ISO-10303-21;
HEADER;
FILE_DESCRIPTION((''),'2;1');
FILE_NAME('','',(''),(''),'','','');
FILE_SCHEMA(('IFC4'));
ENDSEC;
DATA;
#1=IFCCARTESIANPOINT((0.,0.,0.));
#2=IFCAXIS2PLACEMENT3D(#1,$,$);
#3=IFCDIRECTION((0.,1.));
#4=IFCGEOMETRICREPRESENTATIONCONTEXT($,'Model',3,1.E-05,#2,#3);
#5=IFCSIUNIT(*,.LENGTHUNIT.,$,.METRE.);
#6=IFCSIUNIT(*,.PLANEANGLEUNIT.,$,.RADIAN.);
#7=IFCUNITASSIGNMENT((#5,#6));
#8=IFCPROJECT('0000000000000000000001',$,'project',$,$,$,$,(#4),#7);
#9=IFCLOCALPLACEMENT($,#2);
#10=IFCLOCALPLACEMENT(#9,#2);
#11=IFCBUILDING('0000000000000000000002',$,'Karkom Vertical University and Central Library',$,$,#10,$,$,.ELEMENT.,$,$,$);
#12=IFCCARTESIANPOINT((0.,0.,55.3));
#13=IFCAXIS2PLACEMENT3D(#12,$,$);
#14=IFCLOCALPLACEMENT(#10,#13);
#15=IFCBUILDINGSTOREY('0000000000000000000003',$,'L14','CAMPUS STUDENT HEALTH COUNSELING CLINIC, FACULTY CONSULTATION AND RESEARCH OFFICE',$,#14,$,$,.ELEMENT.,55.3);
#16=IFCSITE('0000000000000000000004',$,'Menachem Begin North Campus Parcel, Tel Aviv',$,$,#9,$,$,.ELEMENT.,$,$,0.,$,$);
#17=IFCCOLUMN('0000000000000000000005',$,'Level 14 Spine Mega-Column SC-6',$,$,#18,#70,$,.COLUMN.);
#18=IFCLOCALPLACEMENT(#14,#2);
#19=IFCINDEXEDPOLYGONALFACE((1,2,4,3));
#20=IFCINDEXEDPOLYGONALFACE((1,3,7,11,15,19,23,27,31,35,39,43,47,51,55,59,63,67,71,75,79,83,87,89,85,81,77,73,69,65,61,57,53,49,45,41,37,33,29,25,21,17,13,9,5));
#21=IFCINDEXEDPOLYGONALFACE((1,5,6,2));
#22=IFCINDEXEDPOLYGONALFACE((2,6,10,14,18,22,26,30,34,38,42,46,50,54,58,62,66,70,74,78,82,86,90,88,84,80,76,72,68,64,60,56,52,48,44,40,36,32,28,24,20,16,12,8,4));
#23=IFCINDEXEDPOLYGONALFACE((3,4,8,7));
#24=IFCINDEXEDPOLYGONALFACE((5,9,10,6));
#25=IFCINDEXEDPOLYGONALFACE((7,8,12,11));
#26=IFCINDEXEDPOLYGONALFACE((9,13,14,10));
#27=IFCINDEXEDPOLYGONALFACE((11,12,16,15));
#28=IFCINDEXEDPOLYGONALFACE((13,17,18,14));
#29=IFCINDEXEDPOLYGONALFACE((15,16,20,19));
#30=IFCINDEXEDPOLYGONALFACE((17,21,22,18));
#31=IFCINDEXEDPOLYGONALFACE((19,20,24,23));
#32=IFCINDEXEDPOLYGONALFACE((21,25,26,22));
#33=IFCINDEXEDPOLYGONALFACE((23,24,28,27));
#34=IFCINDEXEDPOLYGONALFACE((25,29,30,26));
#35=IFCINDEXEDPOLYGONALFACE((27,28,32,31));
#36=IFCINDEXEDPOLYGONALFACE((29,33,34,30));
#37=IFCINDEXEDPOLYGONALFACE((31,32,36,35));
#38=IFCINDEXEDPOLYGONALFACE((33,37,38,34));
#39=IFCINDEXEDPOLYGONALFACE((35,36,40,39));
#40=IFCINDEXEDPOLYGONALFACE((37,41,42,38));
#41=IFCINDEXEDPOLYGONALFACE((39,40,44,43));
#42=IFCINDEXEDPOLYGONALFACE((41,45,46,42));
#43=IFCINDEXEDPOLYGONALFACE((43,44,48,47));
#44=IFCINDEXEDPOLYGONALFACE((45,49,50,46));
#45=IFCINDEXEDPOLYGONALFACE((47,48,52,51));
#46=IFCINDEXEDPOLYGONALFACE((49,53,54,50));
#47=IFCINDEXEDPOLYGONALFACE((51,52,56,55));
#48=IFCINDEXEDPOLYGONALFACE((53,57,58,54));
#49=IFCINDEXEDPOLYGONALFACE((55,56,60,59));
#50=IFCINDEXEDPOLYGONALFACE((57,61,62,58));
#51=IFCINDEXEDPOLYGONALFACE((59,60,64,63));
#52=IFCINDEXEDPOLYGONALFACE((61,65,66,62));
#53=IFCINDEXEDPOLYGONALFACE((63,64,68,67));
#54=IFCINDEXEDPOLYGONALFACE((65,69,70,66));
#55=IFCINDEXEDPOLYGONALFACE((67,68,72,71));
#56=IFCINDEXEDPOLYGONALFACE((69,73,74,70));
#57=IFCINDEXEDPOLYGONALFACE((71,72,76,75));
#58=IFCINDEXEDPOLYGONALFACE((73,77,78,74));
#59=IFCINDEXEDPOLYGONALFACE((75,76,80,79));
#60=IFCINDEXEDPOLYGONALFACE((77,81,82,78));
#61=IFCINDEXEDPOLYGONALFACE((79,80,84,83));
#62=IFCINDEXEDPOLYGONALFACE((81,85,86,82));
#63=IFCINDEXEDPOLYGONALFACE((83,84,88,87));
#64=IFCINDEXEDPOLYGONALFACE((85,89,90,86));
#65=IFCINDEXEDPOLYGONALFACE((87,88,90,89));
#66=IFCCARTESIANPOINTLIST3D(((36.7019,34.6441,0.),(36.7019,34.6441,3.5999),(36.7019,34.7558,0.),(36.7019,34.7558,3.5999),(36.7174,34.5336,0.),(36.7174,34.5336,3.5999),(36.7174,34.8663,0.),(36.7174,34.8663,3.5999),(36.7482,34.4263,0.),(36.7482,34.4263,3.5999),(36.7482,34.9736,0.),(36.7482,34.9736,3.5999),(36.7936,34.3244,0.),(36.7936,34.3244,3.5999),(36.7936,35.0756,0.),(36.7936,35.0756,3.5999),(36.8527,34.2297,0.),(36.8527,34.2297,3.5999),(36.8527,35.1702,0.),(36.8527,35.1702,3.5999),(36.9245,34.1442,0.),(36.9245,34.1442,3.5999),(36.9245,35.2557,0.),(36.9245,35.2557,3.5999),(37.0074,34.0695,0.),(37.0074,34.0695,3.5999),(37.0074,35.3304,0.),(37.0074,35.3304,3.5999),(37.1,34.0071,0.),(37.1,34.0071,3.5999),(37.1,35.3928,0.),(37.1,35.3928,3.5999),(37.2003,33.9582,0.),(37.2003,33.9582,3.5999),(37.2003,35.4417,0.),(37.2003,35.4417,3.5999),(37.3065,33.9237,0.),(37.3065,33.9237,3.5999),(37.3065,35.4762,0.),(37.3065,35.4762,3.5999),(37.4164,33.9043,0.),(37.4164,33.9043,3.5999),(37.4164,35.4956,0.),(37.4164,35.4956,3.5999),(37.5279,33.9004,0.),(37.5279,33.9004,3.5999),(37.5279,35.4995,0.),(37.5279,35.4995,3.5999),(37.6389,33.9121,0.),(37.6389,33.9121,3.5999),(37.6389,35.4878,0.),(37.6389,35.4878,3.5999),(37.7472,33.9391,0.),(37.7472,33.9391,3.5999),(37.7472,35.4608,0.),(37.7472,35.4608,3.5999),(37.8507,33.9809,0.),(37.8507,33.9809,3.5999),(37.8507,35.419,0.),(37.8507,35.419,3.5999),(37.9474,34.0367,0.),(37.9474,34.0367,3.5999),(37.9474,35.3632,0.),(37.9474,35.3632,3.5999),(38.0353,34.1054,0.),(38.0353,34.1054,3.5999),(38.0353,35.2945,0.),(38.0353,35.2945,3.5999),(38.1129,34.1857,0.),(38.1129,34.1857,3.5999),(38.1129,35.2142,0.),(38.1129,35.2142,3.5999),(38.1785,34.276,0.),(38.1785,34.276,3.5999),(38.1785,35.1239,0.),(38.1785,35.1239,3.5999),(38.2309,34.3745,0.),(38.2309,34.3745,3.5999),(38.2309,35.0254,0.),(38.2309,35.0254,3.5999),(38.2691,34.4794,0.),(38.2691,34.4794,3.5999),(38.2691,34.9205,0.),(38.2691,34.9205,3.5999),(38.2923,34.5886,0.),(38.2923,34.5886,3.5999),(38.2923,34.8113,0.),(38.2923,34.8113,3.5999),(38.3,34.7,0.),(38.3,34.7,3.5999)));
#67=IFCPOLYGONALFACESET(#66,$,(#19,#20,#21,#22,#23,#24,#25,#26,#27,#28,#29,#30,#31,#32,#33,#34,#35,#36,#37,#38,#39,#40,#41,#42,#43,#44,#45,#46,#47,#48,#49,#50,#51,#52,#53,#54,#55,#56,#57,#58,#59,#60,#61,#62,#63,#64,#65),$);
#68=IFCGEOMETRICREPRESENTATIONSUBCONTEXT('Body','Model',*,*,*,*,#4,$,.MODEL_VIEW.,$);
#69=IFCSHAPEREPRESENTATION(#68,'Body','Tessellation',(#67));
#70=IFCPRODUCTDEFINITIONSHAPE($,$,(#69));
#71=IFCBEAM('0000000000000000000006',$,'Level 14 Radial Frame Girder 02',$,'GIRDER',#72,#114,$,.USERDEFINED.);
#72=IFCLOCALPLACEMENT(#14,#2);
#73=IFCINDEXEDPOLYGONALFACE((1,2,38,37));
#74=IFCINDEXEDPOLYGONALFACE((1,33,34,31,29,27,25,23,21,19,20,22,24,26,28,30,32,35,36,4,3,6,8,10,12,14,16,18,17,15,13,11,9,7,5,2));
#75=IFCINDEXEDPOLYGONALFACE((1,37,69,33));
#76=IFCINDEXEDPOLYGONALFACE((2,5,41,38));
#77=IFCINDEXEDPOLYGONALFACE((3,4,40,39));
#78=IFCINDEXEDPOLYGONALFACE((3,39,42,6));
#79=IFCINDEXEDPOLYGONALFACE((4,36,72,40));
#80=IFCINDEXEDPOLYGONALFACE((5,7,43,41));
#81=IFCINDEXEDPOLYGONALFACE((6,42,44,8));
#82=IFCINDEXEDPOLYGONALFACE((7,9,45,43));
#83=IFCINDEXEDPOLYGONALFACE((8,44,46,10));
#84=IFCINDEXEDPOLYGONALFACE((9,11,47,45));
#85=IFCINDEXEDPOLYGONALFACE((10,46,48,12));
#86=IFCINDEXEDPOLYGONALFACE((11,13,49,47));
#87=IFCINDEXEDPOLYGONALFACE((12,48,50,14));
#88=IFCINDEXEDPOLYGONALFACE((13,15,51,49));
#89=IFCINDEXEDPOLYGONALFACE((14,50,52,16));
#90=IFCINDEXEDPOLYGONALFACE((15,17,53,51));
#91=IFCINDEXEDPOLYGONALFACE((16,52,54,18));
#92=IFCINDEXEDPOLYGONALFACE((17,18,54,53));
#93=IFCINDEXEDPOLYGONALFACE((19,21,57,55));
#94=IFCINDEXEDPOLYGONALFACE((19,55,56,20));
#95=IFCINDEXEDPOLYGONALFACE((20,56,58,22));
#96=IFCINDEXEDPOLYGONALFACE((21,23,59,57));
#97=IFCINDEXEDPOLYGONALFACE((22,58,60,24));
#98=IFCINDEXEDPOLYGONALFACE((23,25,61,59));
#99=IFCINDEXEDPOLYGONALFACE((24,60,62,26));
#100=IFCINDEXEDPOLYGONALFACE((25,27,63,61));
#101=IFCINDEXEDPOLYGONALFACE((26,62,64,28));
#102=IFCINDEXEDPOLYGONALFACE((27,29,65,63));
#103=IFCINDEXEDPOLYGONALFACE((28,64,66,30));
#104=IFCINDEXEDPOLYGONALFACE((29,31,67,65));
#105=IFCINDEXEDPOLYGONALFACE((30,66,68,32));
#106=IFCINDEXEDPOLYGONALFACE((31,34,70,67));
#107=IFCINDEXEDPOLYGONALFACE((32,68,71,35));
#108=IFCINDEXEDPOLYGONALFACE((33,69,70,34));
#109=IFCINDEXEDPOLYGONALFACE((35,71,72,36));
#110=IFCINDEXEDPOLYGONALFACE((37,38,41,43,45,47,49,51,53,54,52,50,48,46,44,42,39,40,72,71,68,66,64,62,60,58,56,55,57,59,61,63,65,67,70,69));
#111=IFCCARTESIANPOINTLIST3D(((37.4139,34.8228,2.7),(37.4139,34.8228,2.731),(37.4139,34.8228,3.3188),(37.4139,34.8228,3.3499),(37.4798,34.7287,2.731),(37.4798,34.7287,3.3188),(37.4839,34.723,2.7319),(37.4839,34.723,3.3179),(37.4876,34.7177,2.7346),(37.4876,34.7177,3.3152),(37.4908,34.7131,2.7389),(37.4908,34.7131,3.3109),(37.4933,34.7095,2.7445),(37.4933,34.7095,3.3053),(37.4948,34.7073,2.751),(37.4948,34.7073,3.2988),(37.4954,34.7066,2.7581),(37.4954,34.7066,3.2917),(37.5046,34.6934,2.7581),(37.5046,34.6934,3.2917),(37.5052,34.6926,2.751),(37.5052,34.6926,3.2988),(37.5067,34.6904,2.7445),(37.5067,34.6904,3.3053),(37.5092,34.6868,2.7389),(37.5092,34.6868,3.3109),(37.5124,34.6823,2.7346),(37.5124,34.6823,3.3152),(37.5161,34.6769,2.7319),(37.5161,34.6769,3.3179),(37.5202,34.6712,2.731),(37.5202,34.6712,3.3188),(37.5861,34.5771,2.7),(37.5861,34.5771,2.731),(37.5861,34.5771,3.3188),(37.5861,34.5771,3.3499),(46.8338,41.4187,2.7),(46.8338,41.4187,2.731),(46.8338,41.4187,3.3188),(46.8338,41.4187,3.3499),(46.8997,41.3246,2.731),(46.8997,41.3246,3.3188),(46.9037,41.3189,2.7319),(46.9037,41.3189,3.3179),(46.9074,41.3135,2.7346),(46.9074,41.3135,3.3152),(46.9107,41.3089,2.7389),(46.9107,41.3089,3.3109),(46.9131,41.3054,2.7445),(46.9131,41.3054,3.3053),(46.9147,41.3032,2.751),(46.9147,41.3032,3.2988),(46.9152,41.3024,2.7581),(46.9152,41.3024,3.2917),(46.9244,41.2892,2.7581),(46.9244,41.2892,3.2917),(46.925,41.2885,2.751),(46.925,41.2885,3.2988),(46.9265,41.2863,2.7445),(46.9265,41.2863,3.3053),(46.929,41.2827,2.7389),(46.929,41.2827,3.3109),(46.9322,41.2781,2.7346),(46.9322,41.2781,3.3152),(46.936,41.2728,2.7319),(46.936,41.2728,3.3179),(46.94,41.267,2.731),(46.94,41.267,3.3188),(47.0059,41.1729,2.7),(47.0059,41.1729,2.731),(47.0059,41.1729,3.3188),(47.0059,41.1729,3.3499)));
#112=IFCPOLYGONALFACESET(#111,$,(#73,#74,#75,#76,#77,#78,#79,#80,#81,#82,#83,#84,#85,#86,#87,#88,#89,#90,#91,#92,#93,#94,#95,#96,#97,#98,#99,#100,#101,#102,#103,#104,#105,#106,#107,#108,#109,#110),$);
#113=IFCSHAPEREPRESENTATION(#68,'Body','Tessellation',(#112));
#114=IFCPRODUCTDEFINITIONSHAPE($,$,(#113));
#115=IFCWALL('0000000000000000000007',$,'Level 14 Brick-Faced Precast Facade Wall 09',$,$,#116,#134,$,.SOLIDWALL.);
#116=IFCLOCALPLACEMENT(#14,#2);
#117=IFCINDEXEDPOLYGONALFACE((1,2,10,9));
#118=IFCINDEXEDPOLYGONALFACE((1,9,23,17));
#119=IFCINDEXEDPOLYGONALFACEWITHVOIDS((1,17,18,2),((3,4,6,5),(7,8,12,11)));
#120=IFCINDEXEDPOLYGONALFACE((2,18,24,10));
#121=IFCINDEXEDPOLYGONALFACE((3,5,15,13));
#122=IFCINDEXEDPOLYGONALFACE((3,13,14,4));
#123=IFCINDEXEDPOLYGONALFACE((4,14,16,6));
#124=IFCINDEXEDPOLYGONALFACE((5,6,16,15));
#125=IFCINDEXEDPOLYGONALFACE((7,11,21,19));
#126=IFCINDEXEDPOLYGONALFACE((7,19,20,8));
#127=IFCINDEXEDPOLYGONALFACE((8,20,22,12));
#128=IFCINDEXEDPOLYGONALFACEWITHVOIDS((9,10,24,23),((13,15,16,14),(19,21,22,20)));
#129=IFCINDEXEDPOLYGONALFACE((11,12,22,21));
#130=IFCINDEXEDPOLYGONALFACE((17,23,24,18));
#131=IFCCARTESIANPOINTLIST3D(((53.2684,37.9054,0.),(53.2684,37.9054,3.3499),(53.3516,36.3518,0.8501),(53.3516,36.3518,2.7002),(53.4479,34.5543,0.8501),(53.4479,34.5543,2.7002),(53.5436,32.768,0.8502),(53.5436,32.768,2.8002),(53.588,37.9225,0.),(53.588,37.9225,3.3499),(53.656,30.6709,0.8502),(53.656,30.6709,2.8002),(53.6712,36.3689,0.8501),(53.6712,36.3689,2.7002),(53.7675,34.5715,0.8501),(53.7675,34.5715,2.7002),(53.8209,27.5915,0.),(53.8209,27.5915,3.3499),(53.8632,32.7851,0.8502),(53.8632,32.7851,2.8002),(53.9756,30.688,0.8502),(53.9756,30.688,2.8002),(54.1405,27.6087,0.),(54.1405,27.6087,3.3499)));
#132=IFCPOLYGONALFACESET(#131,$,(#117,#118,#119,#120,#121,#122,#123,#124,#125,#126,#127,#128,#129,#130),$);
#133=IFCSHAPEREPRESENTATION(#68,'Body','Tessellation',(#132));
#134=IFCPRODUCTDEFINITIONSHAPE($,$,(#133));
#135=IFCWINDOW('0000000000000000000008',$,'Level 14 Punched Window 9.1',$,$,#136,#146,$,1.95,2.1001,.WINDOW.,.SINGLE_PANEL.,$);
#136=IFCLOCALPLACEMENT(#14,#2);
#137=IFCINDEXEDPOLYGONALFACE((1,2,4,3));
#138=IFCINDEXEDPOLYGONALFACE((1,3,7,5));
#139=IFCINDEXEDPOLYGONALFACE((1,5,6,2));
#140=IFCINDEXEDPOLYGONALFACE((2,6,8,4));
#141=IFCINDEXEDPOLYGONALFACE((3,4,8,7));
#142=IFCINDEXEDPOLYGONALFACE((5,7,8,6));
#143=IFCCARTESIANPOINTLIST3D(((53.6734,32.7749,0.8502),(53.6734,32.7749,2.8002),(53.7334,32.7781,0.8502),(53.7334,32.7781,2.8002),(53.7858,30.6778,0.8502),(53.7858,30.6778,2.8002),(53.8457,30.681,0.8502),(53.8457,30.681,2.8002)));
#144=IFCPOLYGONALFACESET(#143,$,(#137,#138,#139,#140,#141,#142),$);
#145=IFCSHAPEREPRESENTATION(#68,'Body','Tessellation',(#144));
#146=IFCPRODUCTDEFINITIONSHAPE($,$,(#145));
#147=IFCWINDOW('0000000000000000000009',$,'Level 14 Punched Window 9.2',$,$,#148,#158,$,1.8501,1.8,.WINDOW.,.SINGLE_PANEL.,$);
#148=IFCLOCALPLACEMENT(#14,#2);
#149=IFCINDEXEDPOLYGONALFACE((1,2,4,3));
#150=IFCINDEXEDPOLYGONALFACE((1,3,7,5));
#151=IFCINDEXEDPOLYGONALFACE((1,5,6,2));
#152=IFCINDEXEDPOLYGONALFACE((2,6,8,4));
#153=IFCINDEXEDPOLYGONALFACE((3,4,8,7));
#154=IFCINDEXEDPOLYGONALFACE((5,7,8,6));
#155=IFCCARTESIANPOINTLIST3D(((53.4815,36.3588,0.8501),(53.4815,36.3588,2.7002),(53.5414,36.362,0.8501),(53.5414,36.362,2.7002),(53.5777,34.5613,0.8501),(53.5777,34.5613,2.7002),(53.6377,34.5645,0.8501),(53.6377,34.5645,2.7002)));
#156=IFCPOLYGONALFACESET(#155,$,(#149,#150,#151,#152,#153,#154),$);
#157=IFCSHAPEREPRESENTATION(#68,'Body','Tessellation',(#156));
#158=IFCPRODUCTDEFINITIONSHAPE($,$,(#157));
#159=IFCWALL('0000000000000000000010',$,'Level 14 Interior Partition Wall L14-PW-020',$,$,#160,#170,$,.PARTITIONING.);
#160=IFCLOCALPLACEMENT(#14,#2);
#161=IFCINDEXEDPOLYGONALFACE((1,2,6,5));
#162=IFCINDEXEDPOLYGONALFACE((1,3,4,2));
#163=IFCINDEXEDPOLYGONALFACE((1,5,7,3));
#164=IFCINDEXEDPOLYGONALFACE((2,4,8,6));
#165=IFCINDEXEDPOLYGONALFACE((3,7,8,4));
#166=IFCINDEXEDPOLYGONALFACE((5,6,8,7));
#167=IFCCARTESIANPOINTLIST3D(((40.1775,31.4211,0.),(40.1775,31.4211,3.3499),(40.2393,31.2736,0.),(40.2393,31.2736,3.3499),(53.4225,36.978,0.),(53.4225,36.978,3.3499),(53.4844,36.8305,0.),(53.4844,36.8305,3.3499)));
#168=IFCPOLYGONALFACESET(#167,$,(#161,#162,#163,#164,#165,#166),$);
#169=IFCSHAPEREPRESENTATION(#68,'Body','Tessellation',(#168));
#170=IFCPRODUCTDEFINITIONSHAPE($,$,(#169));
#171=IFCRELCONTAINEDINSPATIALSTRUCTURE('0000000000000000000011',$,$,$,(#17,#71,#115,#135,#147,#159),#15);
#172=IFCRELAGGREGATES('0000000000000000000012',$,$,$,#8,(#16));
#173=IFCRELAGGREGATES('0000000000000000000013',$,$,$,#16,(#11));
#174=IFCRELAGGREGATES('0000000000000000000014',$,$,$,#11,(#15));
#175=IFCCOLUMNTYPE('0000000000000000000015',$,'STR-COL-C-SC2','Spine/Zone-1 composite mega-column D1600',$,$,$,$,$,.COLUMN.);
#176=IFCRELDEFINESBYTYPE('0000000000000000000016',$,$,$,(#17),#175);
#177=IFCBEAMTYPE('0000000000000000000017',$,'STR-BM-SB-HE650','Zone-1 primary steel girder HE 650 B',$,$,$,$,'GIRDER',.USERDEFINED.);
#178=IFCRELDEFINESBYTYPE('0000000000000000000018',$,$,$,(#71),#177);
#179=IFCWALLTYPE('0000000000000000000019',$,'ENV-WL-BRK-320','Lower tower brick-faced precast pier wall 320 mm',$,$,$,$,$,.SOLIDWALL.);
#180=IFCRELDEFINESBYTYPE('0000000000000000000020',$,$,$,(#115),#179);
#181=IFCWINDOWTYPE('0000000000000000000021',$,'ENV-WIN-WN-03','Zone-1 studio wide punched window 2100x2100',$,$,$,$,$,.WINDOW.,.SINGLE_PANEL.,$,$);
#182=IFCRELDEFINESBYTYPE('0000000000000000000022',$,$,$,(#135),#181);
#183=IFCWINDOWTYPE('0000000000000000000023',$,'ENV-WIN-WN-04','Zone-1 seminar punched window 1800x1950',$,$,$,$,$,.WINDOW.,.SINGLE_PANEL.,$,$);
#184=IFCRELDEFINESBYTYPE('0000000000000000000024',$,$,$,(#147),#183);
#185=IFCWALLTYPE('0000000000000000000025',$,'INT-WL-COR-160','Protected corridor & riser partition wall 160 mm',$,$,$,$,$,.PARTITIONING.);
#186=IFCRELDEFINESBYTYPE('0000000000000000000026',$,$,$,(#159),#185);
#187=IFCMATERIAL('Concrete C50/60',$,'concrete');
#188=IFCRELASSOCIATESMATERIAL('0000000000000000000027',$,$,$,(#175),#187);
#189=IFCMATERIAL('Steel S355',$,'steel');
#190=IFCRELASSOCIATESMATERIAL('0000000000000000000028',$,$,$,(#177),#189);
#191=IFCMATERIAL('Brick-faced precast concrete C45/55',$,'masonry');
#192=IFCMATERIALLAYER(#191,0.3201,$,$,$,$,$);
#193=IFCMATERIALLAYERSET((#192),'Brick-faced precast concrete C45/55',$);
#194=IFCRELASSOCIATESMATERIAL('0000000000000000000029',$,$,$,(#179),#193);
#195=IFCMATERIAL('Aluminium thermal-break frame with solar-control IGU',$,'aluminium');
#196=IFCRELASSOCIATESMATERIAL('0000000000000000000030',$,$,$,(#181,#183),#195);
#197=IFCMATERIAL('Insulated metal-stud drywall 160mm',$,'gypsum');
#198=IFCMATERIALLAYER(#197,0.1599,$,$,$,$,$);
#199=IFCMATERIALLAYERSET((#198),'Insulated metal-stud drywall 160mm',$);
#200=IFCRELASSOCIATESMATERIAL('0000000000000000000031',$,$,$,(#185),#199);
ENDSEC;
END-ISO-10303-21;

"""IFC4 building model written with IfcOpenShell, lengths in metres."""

from ifc_helpers import new_model, si_unit, direction, frame, frame_2d, origin, origin_with_axes, origin_2d, place, context, subcontext, project, spatial, rectangle, circle, i_section, extrude, source, transform, mapped, material, layer, layer_set, material_profile, profile_set, type_object, element, fill, save


model = new_model("IFC4")

# Units and contexts
model_context = context("Model", 3, precision=1e-05, world=origin(), true_north=direction((0.0, 1.0)))
body_context = subcontext(model_context, "Body", "Model", "MODEL_VIEW")
ifc_project = project(units=[si_unit("LENGTHUNIT", "METRE"), si_unit("PLANEANGLEUNIT", "RADIAN")], contexts=[model_context])

# Site, building, storey
site_placement = place(None, origin())
site = spatial("IfcSite", under=ifc_project, at=site_placement, Name="Menachem Begin North Campus Parcel, Tel Aviv", CompositionType="ELEMENT", RefElevation=0.0)
building_placement = place(site_placement, origin())
building = spatial("IfcBuilding", under=site, at=building_placement, Name="Karkom Vertical University and Central Library", CompositionType="ELEMENT")
storey_placement = place(building_placement, frame((0.0, 0.0, 55.3)))
storey = spatial("IfcBuildingStorey", under=building, at=storey_placement, Name="L14", Description="CAMPUS STUDENT HEALTH COUNSELING CLINIC, FACULTY CONSULTATION AND RESEARCH OFFICE", CompositionType="ELEMENT", Elevation=55.3)

# Column
ifc_material_1 = material(Name="Concrete C50/60", Category="concrete")
ifc_material_profile_1 = material_profile(ifc_material_1, circle(Radius=0.8, at=origin_2d()), Name="CFT-D1600")
ifc_profile_set_1 = profile_set([ifc_material_profile_1], Name="Concrete C50/60")
column_type = type_object("IfcColumnType", Name="STR-COL-C-SC2", Description="Spine/Zone-1 composite mega-column D1600", PredefinedType="COLUMN", material=ifc_profile_set_1)
shared_shape_1 = source(origin_with_axes(), body_context, "Body", "SweptSolid", [
    extrude(circle(Radius=0.8, at=origin_2d()), origin(), (0.0, 0.0, 1.0), 3.5999),
])
column_placement = place(storey_placement, frame((37.5, 34.7, 0.0), z_axis=(0.0, 0.0, 1.0), x_axis=(1.0, 0.0, 0.0)))
element("IfcColumn", 1, at=column_placement, inside=storey, type_object=column_type, Name="Level 14 Spine Mega-Column SC-6", PredefinedType="COLUMN", context=body_context, shape_type="MappedRepresentation", body=[
    mapped(shared_shape_1, transform((0.0, 0.0, 0.0), scale=1.0)),
])

# Beam
ifc_material_2 = material(Name="Steel S355", Category="steel")
ifc_material_profile_2 = material_profile(ifc_material_2, i_section(OverallWidth=0.3, OverallDepth=0.6499, WebThickness=0.0161, FlangeThickness=0.031, FilletRadius=0.0271, at=origin_2d()), Name="HE 650 B")
ifc_profile_set_2 = profile_set([ifc_material_profile_2], Name="Steel S355")
beam_type = type_object("IfcBeamType", Name="STR-BM-SB-HE650", Description="Zone-1 primary steel girder HE 650 B", ElementType="GIRDER", PredefinedType="USERDEFINED", material=ifc_profile_set_2)
shared_shape_2 = source(origin_with_axes(), body_context, "Body", "SweptSolid", [
    extrude(i_section(OverallWidth=0.3, OverallDepth=0.6499, WebThickness=0.0161, FlangeThickness=0.031, FilletRadius=0.0271, at=origin_2d()), origin(), (0.0, 0.0, 1.0), 11.4995),
])
beam_placement = place(storey_placement, frame((37.5, 34.7, 3.0249), z_axis=(0.81915, 0.573579, 0.0), x_axis=(-0.573579, 0.81915, 0.0)))
element("IfcBeam", 2, at=beam_placement, inside=storey, type_object=beam_type, Name="Level 14 Radial Frame Girder 02", ObjectType="GIRDER", PredefinedType="USERDEFINED", context=body_context, shape_type="MappedRepresentation", body=[
    mapped(shared_shape_2, transform((0.0, 0.0, 0.0), scale=1.0)),
])

# Wall, openings, windows
ifc_material_3 = material(Name="Brick-faced precast concrete C45/55", Category="masonry")
ifc_layer_1 = layer(ifc_material_3, 0.3201)
ifc_layer_set_1 = layer_set([ifc_layer_1], Name="Brick-faced precast concrete C45/55")
wall_type_1 = type_object("IfcWallType", Name="ENV-WL-BRK-320", Description="Lower tower brick-faced precast pier wall 320 mm", PredefinedType="SOLIDWALL", material=ifc_layer_set_1)
wall_1_placement = place(storey_placement, frame((53.9807, 27.6001, 0.0), z_axis=(0.0, 0.0, 1.0), x_axis=(-0.053492, 0.998568, 0.0)))
wall_1 = element("IfcWall", 3, at=wall_1_placement, inside=storey, type_object=wall_type_1, Name="Level 14 Brick-Faced Precast Facade Wall 09", PredefinedType="SOLIDWALL", context=body_context, shape_type="SweptSolid", body=[
    extrude(rectangle(XDim=10.3286, YDim=0.3201, at=frame_2d((5.1643, 0.0))), origin(), (0.0, 0.0, 1.0), 3.3499),
])
opening_1_placement = place(wall_1_placement, frame((3.0837, 0.0, 0.8501)))
opening_1 = element("IfcOpeningElement", 4, at=opening_1_placement, cuts=wall_1, PredefinedType="OPENING", context=body_context, shape_type="SweptSolid", body=[
    extrude(rectangle(XDim=2.1001, YDim=1.95, at=frame_2d((1.05, 0.9751))), frame((0.0, 0.1699, 0.0), z_axis=(0.0, -1.0, 0.0), x_axis=(1.0, 0.0, 0.0)), (0.0, 0.0, 1.0), 0.3401),
])
opening_2_placement = place(wall_1_placement, frame((6.9729, 0.0, 0.8501)))
opening_2 = element("IfcOpeningElement", 5, at=opening_2_placement, cuts=wall_1, PredefinedType="OPENING", context=body_context, shape_type="SweptSolid", body=[
    extrude(rectangle(XDim=1.8, YDim=1.8501, at=frame_2d((0.8999, 0.925))), frame((0.0, 0.1699, 0.0), z_axis=(0.0, -1.0, 0.0), x_axis=(1.0, 0.0, 0.0)), (0.0, 0.0, 1.0), 0.3401),
])
ifc_material_4 = material(Name="Aluminium thermal-break frame with solar-control IGU", Category="aluminium")
window_type_1 = type_object("IfcWindowType", Name="ENV-WIN-WN-03", Description="Zone-1 studio wide punched window 2100x2100", PartitioningType="SINGLE_PANEL", PredefinedType="WINDOW", material=ifc_material_4)
shared_shape_3 = source(origin_with_axes(), body_context, "Body", "SweptSolid", [
    extrude(rectangle(XDim=2.1001, YDim=1.95, at=frame_2d((1.05, 0.9751))), frame((0.0, 0.03, 0.0), z_axis=(0.0, -1.0, 0.0), x_axis=(1.0, 0.0, 0.0)), (0.0, 0.0, 1.0), 0.0601),
])
window_1_placement = place(opening_1_placement, origin())
window_1 = element("IfcWindow", 6, at=window_1_placement, inside=storey, type_object=window_type_1, Name="Level 14 Punched Window 9.1", OverallHeight=1.95, OverallWidth=2.1001, PartitioningType="SINGLE_PANEL", PredefinedType="WINDOW", context=body_context, shape_type="MappedRepresentation", body=[
    mapped(shared_shape_3, transform((0.0, 0.0, 0.0), scale=1.0)),
])
fill(opening_1, window_1)
window_type_2 = type_object("IfcWindowType", Name="ENV-WIN-WN-04", Description="Zone-1 seminar punched window 1800x1950", PartitioningType="SINGLE_PANEL", PredefinedType="WINDOW", material=ifc_material_4)
shared_shape_4 = source(origin_with_axes(), body_context, "Body", "SweptSolid", [
    extrude(rectangle(XDim=1.8, YDim=1.8501, at=frame_2d((0.8999, 0.925))), frame((0.0, 0.03, 0.0), z_axis=(0.0, -1.0, 0.0), x_axis=(1.0, 0.0, 0.0)), (0.0, 0.0, 1.0), 0.0601),
])
window_2_placement = place(opening_2_placement, origin())
window_2 = element("IfcWindow", 7, at=window_2_placement, inside=storey, type_object=window_type_2, Name="Level 14 Punched Window 9.2", OverallHeight=1.8501, OverallWidth=1.8, PartitioningType="SINGLE_PANEL", PredefinedType="WINDOW", context=body_context, shape_type="MappedRepresentation", body=[
    mapped(shared_shape_4, transform((0.0, 0.0, 0.0), scale=1.0)),
])
fill(opening_2, window_2)

# Wall
ifc_material_5 = material(Name="Insulated metal-stud drywall 160mm", Category="gypsum")
ifc_layer_2 = layer(ifc_material_5, 0.1599)
ifc_layer_set_2 = layer_set([ifc_layer_2], Name="Insulated metal-stud drywall 160mm")
wall_type_2 = type_object("IfcWallType", Name="INT-WL-COR-160", Description="Protected corridor & riser partition wall 160 mm", PredefinedType="PARTITIONING", material=ifc_layer_set_2)
wall_2_placement = place(storey_placement, frame((40.2085, 31.3474, 0.0), z_axis=(0.0, 0.0, 1.0), x_axis=(0.922133, 0.386874, 0.0)))
element("IfcWall", 8, at=wall_2_placement, inside=storey, type_object=wall_type_2, Name="Level 14 Interior Partition Wall L14-PW-020", PredefinedType="PARTITIONING", context=body_context, shape_type="SweptSolid", body=[
    extrude(rectangle(XDim=14.3635, YDim=0.1599, at=frame_2d((7.1816, 0.0))), origin(), (0.0, 0.0, 1.0), 3.3499),
])

save(model, "model.ifc")
